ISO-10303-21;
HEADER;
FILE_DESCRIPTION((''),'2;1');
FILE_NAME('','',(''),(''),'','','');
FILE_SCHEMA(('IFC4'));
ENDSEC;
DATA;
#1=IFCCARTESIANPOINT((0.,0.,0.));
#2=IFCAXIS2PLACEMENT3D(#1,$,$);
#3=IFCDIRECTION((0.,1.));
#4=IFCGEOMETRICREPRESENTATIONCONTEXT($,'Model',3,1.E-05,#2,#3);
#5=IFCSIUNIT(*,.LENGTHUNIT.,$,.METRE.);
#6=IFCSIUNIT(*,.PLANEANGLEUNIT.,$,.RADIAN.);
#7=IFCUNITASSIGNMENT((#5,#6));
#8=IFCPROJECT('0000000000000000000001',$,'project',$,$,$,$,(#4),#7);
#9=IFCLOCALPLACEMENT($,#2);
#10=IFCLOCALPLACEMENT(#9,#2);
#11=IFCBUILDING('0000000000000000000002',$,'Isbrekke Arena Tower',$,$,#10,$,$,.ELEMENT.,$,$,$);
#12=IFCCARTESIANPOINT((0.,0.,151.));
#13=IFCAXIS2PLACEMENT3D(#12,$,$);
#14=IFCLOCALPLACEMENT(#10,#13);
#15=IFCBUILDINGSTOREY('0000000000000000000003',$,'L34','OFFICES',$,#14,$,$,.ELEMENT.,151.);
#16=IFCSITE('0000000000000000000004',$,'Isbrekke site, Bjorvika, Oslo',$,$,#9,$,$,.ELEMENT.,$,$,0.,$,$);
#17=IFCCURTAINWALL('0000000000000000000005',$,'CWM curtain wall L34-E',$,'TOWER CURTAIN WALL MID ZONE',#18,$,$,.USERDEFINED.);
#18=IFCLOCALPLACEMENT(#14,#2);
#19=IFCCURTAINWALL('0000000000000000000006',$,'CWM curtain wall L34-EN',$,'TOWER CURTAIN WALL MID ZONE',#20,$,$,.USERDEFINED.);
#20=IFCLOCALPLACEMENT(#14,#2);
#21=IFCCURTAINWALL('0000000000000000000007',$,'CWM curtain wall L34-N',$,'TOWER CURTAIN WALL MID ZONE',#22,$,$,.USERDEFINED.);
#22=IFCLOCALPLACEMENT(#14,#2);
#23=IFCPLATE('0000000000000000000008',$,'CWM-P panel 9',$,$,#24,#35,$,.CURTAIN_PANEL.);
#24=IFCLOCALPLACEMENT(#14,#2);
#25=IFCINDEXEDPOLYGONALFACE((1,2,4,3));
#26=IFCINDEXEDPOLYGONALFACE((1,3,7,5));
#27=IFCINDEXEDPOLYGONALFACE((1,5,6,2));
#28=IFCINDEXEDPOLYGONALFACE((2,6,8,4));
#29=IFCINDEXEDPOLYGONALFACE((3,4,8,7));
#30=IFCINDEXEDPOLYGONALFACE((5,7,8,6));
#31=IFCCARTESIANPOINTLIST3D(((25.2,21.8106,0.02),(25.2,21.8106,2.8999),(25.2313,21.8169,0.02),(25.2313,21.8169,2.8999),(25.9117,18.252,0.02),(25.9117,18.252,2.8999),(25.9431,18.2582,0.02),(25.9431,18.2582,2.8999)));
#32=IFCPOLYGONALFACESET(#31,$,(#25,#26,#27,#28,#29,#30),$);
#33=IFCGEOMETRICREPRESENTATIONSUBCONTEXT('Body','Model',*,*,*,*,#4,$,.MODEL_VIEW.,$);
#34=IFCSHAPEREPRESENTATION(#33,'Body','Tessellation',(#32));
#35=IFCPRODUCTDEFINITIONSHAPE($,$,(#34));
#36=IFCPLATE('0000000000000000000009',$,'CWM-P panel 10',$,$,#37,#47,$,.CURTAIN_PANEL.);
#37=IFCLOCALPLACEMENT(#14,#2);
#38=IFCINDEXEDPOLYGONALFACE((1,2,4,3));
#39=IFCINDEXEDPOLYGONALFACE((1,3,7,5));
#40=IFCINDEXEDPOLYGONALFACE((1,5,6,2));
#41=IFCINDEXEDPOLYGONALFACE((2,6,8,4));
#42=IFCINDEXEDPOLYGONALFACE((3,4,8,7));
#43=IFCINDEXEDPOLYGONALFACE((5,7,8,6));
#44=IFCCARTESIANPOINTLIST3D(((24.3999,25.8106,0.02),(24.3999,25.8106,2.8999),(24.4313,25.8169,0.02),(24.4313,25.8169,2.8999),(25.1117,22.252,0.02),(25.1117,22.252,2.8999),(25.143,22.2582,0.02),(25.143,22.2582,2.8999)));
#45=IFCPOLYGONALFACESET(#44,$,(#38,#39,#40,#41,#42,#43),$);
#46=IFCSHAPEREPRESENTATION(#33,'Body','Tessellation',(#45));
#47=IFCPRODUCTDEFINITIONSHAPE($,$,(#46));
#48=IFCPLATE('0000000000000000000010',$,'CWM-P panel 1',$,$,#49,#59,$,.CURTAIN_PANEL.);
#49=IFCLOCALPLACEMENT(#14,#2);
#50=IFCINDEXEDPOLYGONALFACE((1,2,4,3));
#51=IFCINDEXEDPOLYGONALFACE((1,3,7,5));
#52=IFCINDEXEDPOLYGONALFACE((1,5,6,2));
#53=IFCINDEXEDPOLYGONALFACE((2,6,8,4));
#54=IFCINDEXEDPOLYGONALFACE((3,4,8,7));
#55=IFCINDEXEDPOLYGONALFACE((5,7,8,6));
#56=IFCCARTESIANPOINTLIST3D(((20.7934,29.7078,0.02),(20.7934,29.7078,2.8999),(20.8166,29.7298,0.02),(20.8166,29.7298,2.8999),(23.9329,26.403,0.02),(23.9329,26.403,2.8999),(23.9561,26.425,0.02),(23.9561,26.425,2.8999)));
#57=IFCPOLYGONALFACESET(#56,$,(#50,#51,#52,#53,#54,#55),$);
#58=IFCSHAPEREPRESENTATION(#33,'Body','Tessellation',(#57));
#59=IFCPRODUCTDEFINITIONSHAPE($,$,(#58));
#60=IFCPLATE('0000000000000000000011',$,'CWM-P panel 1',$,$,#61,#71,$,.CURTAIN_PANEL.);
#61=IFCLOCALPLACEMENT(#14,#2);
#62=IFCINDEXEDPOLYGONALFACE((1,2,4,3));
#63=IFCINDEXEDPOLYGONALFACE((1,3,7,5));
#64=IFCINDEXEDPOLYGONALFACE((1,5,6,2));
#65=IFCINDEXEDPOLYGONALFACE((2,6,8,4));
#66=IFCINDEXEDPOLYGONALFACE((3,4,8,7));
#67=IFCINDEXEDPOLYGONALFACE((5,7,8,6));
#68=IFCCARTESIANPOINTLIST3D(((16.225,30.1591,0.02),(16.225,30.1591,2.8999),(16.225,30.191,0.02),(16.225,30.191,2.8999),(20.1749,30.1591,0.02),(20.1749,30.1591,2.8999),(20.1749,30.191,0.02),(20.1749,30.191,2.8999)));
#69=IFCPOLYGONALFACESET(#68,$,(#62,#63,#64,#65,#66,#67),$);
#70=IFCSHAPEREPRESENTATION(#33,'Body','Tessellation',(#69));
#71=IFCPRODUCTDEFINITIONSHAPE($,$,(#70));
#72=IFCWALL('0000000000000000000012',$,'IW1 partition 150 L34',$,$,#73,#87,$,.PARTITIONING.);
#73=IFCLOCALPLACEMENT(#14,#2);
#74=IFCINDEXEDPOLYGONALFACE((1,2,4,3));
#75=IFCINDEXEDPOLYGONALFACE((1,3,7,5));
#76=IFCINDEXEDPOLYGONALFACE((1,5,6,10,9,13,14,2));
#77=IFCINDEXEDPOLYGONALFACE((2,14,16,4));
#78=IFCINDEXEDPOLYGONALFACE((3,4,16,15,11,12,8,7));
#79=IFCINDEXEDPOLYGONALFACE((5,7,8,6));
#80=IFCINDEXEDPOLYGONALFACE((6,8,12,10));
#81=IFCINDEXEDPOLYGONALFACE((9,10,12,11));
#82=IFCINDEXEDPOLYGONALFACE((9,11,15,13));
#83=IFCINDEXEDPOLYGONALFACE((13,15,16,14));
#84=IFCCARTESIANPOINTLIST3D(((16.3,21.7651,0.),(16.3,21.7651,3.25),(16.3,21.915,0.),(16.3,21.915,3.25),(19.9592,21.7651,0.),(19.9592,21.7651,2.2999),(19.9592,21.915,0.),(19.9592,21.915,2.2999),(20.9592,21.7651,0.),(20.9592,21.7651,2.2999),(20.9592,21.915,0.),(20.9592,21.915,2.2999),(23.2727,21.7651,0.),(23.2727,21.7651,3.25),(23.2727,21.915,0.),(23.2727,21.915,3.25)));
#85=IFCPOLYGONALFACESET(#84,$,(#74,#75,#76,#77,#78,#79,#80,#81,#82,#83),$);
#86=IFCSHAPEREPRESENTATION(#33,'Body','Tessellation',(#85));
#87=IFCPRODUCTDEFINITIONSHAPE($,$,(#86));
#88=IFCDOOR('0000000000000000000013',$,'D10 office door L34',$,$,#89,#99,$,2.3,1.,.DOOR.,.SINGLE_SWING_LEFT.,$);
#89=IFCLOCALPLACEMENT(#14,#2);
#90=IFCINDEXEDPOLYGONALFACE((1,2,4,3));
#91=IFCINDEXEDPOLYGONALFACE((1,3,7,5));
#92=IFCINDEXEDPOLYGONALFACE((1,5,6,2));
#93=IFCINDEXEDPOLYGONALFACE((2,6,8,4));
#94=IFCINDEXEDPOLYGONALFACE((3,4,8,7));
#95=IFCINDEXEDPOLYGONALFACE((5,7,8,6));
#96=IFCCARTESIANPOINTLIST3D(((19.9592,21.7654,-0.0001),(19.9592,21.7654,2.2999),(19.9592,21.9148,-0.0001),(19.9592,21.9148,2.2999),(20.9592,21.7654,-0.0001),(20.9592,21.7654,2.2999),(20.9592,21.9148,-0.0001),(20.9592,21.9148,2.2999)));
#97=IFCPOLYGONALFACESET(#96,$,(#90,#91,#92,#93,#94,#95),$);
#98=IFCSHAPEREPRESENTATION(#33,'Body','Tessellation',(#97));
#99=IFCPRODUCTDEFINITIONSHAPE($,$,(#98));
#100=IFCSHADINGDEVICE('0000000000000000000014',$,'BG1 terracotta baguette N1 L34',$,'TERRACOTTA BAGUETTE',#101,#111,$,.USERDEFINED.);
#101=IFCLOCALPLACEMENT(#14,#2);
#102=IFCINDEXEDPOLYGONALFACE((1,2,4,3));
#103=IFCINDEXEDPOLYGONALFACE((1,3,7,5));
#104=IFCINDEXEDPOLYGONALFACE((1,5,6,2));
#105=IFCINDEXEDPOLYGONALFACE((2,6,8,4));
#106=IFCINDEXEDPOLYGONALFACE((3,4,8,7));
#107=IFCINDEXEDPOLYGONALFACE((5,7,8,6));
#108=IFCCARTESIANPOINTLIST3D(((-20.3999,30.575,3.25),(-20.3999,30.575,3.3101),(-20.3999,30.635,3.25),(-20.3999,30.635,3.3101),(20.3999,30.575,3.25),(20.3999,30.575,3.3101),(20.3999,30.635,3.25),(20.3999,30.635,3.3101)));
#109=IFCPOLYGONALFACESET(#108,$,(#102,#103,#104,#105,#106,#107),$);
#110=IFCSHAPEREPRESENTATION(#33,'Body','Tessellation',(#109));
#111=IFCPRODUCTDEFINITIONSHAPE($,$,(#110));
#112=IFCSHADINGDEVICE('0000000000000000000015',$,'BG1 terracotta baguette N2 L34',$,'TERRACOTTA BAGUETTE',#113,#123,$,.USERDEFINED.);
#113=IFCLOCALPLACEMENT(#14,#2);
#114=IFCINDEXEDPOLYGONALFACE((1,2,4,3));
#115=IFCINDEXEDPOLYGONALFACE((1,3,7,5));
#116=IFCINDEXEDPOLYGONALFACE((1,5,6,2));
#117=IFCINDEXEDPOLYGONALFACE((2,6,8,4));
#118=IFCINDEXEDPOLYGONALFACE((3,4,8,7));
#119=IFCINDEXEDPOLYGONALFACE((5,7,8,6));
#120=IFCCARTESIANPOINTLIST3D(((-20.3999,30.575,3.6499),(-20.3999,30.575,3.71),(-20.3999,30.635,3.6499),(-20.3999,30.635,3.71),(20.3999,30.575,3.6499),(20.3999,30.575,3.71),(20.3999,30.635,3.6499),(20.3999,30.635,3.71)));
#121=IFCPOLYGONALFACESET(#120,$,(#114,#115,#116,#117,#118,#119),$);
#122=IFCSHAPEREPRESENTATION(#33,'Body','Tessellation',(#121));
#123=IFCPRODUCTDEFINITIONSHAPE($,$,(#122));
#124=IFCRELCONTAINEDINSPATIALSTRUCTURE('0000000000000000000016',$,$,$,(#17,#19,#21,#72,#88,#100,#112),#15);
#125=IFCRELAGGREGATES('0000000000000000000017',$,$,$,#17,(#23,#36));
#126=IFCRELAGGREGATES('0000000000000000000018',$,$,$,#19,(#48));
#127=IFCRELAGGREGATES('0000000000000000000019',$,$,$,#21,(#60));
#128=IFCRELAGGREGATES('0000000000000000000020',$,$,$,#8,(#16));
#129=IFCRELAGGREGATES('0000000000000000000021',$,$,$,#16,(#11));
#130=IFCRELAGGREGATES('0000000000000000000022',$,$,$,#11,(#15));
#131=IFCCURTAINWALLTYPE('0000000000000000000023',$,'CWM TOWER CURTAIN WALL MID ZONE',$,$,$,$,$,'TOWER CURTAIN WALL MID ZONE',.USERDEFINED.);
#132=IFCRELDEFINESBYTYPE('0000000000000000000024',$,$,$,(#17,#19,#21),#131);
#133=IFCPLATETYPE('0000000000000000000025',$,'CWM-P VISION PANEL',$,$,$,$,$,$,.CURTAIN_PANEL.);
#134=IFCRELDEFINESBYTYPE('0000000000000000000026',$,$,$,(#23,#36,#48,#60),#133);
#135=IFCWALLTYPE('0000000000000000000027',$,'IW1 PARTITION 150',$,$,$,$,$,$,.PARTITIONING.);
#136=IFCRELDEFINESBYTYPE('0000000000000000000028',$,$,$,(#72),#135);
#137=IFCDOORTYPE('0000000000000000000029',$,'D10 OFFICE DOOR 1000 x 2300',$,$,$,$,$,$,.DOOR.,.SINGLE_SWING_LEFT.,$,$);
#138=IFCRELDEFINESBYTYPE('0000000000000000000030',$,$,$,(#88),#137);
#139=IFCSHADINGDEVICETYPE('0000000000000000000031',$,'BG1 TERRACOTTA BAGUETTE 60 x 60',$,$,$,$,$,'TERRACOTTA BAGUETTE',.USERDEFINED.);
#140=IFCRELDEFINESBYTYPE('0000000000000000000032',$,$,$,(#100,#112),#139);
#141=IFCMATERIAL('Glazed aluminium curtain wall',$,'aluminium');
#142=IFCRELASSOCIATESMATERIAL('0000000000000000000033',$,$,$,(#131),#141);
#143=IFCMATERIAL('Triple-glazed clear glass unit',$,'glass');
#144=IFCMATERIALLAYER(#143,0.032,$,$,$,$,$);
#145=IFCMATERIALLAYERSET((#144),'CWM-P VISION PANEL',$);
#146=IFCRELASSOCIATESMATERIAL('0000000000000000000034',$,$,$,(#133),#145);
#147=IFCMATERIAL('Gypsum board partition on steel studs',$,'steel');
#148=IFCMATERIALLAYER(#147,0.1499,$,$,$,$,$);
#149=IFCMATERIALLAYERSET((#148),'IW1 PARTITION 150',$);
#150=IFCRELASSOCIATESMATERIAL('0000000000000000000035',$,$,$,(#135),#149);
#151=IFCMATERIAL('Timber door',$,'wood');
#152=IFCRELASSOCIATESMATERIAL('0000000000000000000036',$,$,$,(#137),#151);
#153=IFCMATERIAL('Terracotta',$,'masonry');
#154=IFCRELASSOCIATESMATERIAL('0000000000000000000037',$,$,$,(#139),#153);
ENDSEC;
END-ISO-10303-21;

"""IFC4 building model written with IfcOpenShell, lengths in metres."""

from ifc_helpers import new_model, si_unit, direction, frame, frame_2d, origin, origin_2d, place, context, subcontext, project, spatial, rectangle, extrude, material, layer, layer_set, material_profile, profile_set, type_object, element, fill, aggregate, save


model = new_model("IFC4")

# Units and contexts
model_context = context("Model", 3, precision=1e-05, world=origin(), true_north=direction((0.0, 1.0)))
body_context = subcontext(model_context, "Body", "Model", "MODEL_VIEW")
ifc_project = project(units=[si_unit("LENGTHUNIT", "METRE"), si_unit("PLANEANGLEUNIT", "RADIAN")], contexts=[model_context])

# Site, building, storey
site_placement = place(None, origin())
site = spatial("IfcSite", under=ifc_project, at=site_placement, Name="Isbrekke site, Bjorvika, Oslo", CompositionType="ELEMENT", RefElevation=0.0)
building_placement = place(site_placement, origin())
building = spatial("IfcBuilding", under=site, at=building_placement, Name="Isbrekke Arena Tower", CompositionType="ELEMENT")
storey_placement = place(building_placement, frame((0.0, 0.0, 151.0)))
storey = spatial("IfcBuildingStorey", under=building, at=storey_placement, Name="L34", Description="OFFICES", CompositionType="ELEMENT", Elevation=151.0)

# Curtain walls
ifc_material_1 = material(Name="Glazed aluminium curtain wall", Category="aluminium")
curtain_wall_type = type_object("IfcCurtainWallType", Name="CWM TOWER CURTAIN WALL MID ZONE", ElementType="TOWER CURTAIN WALL MID ZONE", PredefinedType="USERDEFINED", material=ifc_material_1)
curtain_wall_1_placement = place(storey_placement, origin())
curtain_wall_1 = element("IfcCurtainWall", 1, at=curtain_wall_1_placement, inside=storey, type_object=curtain_wall_type, Name="CWM curtain wall L34-E", ObjectType="TOWER CURTAIN WALL MID ZONE", PredefinedType="USERDEFINED")
curtain_wall_2_placement = place(storey_placement, origin())
curtain_wall_2 = element("IfcCurtainWall", 2, at=curtain_wall_2_placement, inside=storey, type_object=curtain_wall_type, Name="CWM curtain wall L34-EN", ObjectType="TOWER CURTAIN WALL MID ZONE", PredefinedType="USERDEFINED")

# Curtain wall
curtain_wall_3_placement = place(storey_placement, origin())
curtain_wall_3 = element("IfcCurtainWall", 3, at=curtain_wall_3_placement, inside=storey, type_object=curtain_wall_type, Name="CWM curtain wall L34-N", ObjectType="TOWER CURTAIN WALL MID ZONE", PredefinedType="USERDEFINED")

# Plates
ifc_material_2 = material(Name="Triple-glazed clear glass unit", Category="glass")
ifc_layer_1 = layer(ifc_material_2, 0.032)
ifc_layer_set_1 = layer_set([ifc_layer_1], Name="CWM-P VISION PANEL")
plate_type = type_object("IfcPlateType", Name="CWM-P VISION PANEL", PredefinedType="CURTAIN_PANEL", material=ifc_layer_set_1)
plate_1_placement = place(storey_placement, frame((25.5715, 20.0344, 0.02), z_axis=(0.0, 0.0, 1.0), x_axis=(-0.196116, 0.980581, 0.0)))
plate_1 = element("IfcPlate", 4, at=plate_1_placement, type_object=plate_type, Name="CWM-P panel 9", PredefinedType="CURTAIN_PANEL", context=body_context, shape_type="SweptSolid", body=[
    extrude(rectangle(XDim=3.6292, YDim=0.032, at=origin_2d()), origin(), (0.0, 0.0, 1.0), 2.8799),
])
plate_2_placement = place(storey_placement, frame((24.7715, 24.0344, 0.02), z_axis=(0.0, 0.0, 1.0), x_axis=(-0.196116, 0.980581, 0.0)))
plate_2 = element("IfcPlate", 5, at=plate_2_placement, type_object=plate_type, Name="CWM-P panel 10", PredefinedType="CURTAIN_PANEL", context=body_context, shape_type="SweptSolid", body=[
    extrude(rectangle(XDim=3.6292, YDim=0.032, at=origin_2d()), origin(), (0.0, 0.0, 1.0), 2.8799),
])
aggregate(curtain_wall_1, [plate_1, plate_2])
plate_3_placement = place(storey_placement, frame((22.3748, 28.0664, 0.02), z_axis=(0.0, 0.0, 1.0), x_axis=(-0.688749, 0.724999, 0.0)))
plate_3 = element("IfcPlate", 6, at=plate_3_placement, type_object=plate_type, Name="CWM-P panel 1", PredefinedType="CURTAIN_PANEL", context=body_context, shape_type="SweptSolid", body=[
    extrude(rectangle(XDim=4.5583, YDim=0.032, at=origin_2d()), origin(), (0.0, 0.0, 1.0), 2.8799),
])
aggregate(curtain_wall_2, [plate_3])
plate_4_placement = place(storey_placement, frame((18.2, 30.175, 0.02), z_axis=(0.0, 0.0, 1.0), x_axis=(-1.0, 0.0, 0.0)))
plate_4 = element("IfcPlate", 7, at=plate_4_placement, type_object=plate_type, Name="CWM-P panel 1", PredefinedType="CURTAIN_PANEL", context=body_context, shape_type="SweptSolid", body=[
    extrude(rectangle(XDim=3.95, YDim=0.032, at=origin_2d()), origin(), (0.0, 0.0, 1.0), 2.8799),
])
aggregate(curtain_wall_3, [plate_4])

# Wall, opening, door
ifc_material_3 = material(Name="Gypsum board partition on steel studs", Category="steel")
ifc_layer_2 = layer(ifc_material_3, 0.1499)
ifc_layer_set_2 = layer_set([ifc_layer_2], Name="IW1 PARTITION 150")
wall_type = type_object("IfcWallType", Name="IW1 PARTITION 150", PredefinedType="PARTITIONING", material=ifc_layer_set_2)
wall_placement = place(storey_placement, frame((16.3, 21.8401, 0.0), z_axis=(0.0, 0.0, 1.0), x_axis=(1.0, 0.0, 0.0)))
wall = element("IfcWall", 8, at=wall_placement, inside=storey, type_object=wall_type, Name="IW1 partition 150 L34", PredefinedType="PARTITIONING", context=body_context, shape_type="SweptSolid", body=[
    extrude(rectangle(XDim=6.9727, YDim=0.1499, at=frame_2d((3.4863, 0.0))), origin(), (0.0, 0.0, 1.0), 3.25),
])
opening_placement = place(wall_placement, frame((3.6592, 0.0, 0.0)))
opening = element("IfcOpeningElement", 9, at=opening_placement, cuts=wall, PredefinedType="OPENING", context=body_context, shape_type="SweptSolid", body=[
    extrude(rectangle(XDim=1.0, YDim=2.3, at=frame_2d((0.5, 1.1499))), frame((0.0, 0.0898, 0.0), z_axis=(0.0, -1.0, 0.0), x_axis=(1.0, 0.0, 0.0)), (0.0, 0.0, 1.0), 0.1797),
])
ifc_material_4 = material(Name="Timber door", Category="wood")
door_type = type_object("IfcDoorType", Name="D10 OFFICE DOOR 1000 x 2300", OperationType="SINGLE_SWING_LEFT", PredefinedType="DOOR", material=ifc_material_4)
door_placement = place(opening_placement, origin())
door = element("IfcDoor", 10, at=door_placement, inside=storey, type_object=door_type, Name="D10 office door L34", OperationType="SINGLE_SWING_LEFT", OverallHeight=2.3, OverallWidth=1.0, PredefinedType="DOOR", context=body_context, shape_type="SweptSolid", body=[
    extrude(rectangle(XDim=1.0, YDim=2.3, at=frame_2d((0.5, 1.1499))), frame((0.0, 0.0747, 0.0), z_axis=(0.0, -1.0, 0.0), x_axis=(1.0, 0.0, 0.0)), (0.0, 0.0, 1.0), 0.1494),
])
fill(opening, door)

# Shading devices
ifc_material_5 = material(Name="Terracotta", Category="masonry")
ifc_material_profile_1 = material_profile(ifc_material_5, rectangle(XDim=0.0601, YDim=0.0601, at=origin_2d()), Name="BAGUETTE 60X60")
ifc_profile_set_1 = profile_set([ifc_material_profile_1], Name="Terracotta")
shading_device_type = type_object("IfcShadingDeviceType", Name="BG1 TERRACOTTA BAGUETTE 60 x 60", ElementType="TERRACOTTA BAGUETTE", PredefinedType="USERDEFINED", material=ifc_profile_set_1)
for number, where, z_axis, x_axis, name in (
    (11, (20.3999, 30.605, 3.28), (-1.0, 0.0, 0.0), (0.0, -1.0, 0.0), "BG1 terracotta baguette N1 L34"),
    (12, (20.3999, 30.605, 3.6799), (-1.0, 0.0, 0.0), (0.0, -1.0, 0.0), "BG1 terracotta baguette N2 L34"),
):
    element("IfcShadingDevice", number, at=place(storey_placement, frame(where, z_axis=z_axis, x_axis=x_axis)), inside=storey, type_object=shading_device_type, Name=name, ObjectType="TERRACOTTA BAGUETTE", PredefinedType="USERDEFINED", context=body_context, shape_type="SweptSolid", body=[
        extrude(rectangle(XDim=0.0601, YDim=0.0601, at=origin_2d()), origin(), (0.0, 0.0, 1.0), 40.7998),
    ])

save(model, "model.ifc")
